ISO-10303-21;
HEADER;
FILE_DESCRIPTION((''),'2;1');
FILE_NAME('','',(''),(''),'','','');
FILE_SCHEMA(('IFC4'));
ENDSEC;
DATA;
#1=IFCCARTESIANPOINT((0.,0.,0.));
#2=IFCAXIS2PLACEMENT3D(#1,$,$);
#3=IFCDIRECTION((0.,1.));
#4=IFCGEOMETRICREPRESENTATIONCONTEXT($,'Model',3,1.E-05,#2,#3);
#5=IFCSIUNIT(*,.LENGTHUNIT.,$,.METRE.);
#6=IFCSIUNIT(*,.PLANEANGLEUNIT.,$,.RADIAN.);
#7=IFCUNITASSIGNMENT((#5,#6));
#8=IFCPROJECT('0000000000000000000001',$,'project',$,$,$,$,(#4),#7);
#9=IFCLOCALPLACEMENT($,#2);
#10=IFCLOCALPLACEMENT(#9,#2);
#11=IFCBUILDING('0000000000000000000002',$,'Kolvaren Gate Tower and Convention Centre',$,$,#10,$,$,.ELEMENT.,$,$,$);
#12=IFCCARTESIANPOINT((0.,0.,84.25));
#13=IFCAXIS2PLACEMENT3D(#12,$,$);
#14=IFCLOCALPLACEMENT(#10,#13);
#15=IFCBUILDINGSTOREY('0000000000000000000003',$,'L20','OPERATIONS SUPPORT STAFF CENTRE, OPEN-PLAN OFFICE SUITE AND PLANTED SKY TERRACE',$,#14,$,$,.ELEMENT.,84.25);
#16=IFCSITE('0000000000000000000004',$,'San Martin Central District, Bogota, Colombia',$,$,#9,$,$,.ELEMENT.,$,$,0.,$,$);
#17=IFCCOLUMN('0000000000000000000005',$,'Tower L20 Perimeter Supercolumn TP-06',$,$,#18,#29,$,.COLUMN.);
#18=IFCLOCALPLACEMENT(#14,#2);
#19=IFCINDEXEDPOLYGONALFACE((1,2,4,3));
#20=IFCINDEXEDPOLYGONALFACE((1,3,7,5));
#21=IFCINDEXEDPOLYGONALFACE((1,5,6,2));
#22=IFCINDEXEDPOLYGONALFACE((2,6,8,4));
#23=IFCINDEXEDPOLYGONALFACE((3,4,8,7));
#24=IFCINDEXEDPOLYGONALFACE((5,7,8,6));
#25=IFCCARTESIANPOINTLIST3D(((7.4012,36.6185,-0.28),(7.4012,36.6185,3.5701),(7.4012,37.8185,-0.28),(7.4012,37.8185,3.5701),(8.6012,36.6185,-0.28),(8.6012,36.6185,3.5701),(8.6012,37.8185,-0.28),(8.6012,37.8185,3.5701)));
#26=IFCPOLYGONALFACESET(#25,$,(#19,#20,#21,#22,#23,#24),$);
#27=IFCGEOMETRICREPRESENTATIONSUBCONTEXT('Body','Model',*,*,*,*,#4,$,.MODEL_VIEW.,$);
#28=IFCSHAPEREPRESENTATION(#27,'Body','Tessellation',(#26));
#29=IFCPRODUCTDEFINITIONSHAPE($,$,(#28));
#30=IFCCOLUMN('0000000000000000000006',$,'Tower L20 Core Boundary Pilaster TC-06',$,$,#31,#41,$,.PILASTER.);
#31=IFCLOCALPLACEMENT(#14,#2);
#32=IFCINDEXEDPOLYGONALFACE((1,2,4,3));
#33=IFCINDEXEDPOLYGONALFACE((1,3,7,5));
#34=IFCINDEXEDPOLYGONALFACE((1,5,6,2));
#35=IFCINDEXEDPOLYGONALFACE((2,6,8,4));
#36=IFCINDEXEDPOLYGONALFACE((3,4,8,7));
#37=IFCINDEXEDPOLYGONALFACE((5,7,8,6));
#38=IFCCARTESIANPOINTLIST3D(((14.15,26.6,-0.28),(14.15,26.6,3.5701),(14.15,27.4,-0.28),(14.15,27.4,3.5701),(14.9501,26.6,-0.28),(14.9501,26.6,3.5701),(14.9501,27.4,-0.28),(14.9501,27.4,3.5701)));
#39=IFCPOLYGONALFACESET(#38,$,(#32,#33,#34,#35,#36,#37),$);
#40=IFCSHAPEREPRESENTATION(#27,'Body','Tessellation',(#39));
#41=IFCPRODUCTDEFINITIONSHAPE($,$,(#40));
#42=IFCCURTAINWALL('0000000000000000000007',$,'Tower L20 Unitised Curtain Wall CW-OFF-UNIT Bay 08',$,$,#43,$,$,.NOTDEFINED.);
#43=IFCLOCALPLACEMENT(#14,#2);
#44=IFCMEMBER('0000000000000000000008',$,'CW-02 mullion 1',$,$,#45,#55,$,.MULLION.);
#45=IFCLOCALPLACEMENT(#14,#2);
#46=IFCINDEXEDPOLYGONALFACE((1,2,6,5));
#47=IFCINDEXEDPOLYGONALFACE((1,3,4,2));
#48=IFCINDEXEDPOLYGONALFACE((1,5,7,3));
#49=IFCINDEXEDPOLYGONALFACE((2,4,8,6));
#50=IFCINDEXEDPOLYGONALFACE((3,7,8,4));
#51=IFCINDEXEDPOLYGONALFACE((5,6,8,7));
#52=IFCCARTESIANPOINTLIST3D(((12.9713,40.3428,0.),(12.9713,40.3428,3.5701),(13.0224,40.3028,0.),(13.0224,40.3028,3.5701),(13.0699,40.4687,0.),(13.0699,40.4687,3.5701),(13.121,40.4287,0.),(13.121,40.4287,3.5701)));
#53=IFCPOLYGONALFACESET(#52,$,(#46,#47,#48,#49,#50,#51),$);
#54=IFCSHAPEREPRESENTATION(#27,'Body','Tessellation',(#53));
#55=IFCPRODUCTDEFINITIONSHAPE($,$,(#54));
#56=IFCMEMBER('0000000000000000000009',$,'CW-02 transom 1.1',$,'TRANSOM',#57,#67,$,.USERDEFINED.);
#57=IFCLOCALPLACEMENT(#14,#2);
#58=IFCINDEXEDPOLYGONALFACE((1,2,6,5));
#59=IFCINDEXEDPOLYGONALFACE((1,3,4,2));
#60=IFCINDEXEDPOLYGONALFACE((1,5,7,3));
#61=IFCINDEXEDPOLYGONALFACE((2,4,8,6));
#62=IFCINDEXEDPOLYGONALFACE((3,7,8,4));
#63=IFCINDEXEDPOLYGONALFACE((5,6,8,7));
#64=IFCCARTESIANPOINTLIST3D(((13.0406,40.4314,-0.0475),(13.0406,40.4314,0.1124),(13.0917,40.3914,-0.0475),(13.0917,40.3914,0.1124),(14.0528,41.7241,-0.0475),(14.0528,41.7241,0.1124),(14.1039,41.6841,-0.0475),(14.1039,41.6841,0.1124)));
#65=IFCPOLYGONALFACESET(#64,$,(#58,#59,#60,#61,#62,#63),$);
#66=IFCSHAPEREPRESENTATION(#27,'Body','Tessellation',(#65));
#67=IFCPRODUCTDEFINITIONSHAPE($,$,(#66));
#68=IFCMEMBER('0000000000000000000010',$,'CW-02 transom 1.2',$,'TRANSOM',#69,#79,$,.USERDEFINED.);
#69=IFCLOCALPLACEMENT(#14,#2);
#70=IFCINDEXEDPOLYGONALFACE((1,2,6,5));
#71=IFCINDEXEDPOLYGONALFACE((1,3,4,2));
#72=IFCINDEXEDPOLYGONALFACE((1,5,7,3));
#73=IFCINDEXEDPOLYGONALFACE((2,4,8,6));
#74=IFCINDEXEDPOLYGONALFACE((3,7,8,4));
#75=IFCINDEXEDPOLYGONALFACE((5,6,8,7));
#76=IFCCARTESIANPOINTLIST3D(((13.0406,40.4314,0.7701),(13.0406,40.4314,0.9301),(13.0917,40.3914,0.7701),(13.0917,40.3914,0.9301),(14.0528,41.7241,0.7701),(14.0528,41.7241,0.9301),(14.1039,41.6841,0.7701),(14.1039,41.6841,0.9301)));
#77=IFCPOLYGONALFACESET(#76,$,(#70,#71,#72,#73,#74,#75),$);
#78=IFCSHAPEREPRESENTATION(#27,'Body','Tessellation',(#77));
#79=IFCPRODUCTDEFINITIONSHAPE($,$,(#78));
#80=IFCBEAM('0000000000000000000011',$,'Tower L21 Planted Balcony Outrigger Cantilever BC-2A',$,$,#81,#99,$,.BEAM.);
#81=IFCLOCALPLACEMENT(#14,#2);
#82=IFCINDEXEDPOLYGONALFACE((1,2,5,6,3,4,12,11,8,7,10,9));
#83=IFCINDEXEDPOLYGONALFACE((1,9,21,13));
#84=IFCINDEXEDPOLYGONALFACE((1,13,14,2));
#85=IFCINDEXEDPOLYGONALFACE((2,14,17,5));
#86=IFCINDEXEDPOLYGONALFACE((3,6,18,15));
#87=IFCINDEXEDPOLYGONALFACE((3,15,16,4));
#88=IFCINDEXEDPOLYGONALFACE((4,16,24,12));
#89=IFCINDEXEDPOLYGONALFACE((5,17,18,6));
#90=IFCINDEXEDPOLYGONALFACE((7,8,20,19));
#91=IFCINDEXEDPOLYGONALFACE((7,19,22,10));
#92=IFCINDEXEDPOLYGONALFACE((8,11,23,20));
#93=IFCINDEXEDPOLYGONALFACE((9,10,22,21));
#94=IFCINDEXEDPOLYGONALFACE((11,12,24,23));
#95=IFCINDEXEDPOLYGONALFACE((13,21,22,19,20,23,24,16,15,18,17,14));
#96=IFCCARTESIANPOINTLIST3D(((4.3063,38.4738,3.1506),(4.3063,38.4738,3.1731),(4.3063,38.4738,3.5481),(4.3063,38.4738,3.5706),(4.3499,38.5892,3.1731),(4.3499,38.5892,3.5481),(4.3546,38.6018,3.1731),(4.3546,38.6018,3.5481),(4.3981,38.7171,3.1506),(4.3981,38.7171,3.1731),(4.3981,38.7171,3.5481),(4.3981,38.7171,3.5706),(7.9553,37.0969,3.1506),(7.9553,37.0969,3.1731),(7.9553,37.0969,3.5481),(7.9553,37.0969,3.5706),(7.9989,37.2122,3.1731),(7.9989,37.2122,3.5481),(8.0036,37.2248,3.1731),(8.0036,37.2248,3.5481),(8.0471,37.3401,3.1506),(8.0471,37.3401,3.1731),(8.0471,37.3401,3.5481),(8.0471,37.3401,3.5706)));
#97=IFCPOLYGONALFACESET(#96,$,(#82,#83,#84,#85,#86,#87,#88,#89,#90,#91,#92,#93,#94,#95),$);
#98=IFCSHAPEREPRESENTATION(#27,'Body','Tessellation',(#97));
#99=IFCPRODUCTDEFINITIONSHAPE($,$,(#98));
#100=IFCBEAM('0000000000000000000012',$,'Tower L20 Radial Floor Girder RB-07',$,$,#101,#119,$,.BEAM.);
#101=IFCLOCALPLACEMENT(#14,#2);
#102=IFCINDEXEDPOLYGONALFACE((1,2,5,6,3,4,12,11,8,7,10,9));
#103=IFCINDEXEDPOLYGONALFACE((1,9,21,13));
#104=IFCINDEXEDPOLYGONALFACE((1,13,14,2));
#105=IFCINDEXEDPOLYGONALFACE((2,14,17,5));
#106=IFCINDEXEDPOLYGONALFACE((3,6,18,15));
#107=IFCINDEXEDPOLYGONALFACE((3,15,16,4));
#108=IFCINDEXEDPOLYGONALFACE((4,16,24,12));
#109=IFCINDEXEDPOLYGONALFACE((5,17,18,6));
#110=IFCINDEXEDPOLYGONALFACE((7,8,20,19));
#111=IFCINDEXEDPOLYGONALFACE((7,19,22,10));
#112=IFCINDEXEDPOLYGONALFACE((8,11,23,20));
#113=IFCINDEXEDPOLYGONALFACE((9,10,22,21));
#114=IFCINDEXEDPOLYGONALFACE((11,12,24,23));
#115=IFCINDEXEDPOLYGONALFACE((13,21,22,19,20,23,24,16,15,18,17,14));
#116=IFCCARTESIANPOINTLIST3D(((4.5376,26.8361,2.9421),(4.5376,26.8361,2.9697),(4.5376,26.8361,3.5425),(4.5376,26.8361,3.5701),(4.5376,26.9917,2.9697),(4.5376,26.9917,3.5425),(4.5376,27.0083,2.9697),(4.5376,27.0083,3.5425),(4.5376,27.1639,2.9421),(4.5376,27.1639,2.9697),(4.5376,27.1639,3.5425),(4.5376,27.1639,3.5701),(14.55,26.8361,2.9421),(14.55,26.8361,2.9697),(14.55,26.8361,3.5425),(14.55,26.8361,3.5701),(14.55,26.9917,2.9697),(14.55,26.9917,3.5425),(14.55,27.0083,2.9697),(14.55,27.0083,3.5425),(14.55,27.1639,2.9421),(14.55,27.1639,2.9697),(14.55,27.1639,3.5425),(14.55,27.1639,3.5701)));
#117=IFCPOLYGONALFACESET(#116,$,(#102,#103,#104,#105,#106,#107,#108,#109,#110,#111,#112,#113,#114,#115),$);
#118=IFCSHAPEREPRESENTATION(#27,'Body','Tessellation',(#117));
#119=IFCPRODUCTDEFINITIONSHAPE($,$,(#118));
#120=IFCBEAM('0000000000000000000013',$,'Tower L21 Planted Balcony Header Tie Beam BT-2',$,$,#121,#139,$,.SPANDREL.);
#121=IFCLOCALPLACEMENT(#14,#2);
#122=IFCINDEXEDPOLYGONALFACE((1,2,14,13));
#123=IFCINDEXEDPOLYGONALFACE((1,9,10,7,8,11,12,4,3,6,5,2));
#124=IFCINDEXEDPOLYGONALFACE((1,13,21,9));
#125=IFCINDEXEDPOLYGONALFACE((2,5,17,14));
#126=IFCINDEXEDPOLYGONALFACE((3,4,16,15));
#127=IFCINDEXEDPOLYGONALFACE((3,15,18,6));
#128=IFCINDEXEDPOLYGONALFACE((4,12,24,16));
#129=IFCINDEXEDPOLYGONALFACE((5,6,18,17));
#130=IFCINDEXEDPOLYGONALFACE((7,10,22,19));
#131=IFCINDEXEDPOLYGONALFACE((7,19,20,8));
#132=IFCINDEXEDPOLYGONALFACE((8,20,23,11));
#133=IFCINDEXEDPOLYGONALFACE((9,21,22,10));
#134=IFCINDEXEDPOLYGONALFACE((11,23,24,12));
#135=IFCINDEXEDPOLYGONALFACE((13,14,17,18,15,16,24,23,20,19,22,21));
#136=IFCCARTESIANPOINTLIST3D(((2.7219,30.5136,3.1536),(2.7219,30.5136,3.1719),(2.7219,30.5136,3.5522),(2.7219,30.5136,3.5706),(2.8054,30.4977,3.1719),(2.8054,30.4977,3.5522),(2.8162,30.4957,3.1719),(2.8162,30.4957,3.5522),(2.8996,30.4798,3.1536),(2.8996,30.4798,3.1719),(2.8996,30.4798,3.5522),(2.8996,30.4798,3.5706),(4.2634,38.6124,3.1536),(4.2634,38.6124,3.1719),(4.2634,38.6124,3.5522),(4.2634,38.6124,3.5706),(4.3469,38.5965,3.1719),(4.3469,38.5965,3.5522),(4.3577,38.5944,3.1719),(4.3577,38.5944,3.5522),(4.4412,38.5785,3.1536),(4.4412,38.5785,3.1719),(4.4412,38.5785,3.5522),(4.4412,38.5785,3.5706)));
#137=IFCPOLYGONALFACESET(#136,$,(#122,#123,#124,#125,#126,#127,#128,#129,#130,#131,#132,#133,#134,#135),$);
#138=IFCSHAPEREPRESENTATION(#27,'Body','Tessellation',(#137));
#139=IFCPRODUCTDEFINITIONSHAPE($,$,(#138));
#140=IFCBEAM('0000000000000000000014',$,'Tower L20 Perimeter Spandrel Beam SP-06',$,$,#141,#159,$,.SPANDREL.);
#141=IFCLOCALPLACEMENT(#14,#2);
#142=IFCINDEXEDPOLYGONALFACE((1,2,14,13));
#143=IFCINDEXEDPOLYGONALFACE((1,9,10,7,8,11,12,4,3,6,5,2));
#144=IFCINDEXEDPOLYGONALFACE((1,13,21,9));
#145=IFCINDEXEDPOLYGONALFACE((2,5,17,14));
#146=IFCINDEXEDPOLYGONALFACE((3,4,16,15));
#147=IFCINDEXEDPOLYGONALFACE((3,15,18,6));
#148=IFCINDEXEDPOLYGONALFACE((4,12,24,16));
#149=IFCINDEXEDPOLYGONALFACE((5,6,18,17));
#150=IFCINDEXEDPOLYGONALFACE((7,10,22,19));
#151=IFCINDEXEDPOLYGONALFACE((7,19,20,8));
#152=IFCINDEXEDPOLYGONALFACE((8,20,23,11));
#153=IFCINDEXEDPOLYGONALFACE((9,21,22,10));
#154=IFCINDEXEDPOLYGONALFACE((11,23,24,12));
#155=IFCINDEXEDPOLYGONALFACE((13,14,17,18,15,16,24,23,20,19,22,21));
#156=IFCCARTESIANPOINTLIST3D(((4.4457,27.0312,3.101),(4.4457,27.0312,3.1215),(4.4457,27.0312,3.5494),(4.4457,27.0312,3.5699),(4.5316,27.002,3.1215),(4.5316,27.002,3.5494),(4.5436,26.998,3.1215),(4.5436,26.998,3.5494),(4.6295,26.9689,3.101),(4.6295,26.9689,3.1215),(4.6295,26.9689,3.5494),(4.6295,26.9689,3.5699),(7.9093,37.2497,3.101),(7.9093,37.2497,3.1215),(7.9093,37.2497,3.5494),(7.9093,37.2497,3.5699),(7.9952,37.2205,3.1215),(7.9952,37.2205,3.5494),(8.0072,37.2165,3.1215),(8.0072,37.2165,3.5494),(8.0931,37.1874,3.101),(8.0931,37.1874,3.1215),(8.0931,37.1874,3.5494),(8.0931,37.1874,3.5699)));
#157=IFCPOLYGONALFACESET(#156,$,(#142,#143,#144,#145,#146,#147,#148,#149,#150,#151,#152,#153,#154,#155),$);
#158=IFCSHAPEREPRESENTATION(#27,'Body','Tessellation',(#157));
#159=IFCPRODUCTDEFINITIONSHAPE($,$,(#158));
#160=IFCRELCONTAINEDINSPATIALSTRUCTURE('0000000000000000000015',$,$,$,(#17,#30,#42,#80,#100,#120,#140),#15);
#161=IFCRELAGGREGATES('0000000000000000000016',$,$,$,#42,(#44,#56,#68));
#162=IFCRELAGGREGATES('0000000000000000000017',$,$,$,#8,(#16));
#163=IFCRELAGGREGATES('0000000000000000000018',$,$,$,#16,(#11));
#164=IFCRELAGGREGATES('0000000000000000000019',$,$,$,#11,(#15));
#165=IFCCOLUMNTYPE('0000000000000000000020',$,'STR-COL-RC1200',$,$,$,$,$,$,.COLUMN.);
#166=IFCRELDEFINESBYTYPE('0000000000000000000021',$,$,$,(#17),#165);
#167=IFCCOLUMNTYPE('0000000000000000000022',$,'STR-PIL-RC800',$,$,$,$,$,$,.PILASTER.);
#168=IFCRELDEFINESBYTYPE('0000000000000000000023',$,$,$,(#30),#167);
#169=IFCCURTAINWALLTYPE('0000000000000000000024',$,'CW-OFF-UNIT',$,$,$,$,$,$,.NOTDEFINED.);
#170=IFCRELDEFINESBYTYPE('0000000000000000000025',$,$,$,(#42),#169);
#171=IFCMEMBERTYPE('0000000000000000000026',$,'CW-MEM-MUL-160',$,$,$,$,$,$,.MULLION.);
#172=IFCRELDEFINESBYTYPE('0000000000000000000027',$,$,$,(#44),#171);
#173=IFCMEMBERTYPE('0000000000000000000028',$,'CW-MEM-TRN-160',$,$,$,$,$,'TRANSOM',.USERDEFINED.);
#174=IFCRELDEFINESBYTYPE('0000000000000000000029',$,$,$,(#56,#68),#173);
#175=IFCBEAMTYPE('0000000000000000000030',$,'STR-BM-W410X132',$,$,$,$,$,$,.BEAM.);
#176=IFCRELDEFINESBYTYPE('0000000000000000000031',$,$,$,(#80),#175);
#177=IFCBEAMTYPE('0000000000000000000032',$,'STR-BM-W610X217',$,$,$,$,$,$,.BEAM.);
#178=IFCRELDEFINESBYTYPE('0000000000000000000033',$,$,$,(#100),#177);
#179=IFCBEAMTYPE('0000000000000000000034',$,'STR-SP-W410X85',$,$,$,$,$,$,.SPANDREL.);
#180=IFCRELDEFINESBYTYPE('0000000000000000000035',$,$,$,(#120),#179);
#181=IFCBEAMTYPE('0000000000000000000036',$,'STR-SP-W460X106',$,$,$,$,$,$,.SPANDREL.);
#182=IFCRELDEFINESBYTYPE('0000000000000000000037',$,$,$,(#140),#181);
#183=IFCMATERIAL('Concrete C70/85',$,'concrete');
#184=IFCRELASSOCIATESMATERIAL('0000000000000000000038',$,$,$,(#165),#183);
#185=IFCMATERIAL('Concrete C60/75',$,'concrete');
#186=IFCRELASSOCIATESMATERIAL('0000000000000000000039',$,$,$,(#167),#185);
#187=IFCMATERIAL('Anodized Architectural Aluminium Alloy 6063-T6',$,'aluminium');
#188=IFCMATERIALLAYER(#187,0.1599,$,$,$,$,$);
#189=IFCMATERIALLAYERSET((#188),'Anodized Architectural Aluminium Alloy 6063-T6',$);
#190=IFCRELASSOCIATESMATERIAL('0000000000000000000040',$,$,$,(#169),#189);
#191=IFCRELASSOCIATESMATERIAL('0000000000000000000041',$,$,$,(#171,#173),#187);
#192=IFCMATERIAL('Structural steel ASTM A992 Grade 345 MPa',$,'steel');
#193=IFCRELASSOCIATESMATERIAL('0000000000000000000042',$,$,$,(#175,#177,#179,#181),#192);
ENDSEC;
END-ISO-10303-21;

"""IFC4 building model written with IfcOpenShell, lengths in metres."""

from ifc_helpers import new_model, si_unit, direction, frame, origin, origin_2d, place, context, subcontext, project, spatial, rectangle, i_section, extrude, material, layer, layer_set, material_profile, profile_set, type_object, element, aggregate, save


model = new_model("IFC4")

# Units and contexts
model_context = context("Model", 3, precision=1e-05, world=origin(), true_north=direction((0.0, 1.0)))
body_context = subcontext(model_context, "Body", "Model", "MODEL_VIEW")
ifc_project = project(units=[si_unit("LENGTHUNIT", "METRE"), si_unit("PLANEANGLEUNIT", "RADIAN")], contexts=[model_context])

# Site, building, storey
site_placement = place(None, origin())
site = spatial("IfcSite", under=ifc_project, at=site_placement, Name="San Martin Central District, Bogota, Colombia", CompositionType="ELEMENT", RefElevation=0.0)
building_placement = place(site_placement, origin())
building = spatial("IfcBuilding", under=site, at=building_placement, Name="Kolvaren Gate Tower and Convention Centre", CompositionType="ELEMENT")
storey_placement = place(building_placement, frame((0.0, 0.0, 84.25)))
storey = spatial("IfcBuildingStorey", under=building, at=storey_placement, Name="L20", Description="OPERATIONS SUPPORT STAFF CENTRE, OPEN-PLAN OFFICE SUITE AND PLANTED SKY TERRACE", CompositionType="ELEMENT", Elevation=84.25)

# Columns
ifc_material_1 = material(Name="Concrete C70/85", Category="concrete")
ifc_material_profile_1 = material_profile(ifc_material_1, rectangle(XDim=1.2, YDim=1.2, at=origin_2d()), Name="RC-COL-1200X1200")
ifc_profile_set_1 = profile_set([ifc_material_profile_1], Name="Concrete C70/85")
column_type_1 = type_object("IfcColumnType", Name="STR-COL-RC1200", PredefinedType="COLUMN", material=ifc_profile_set_1)
column_1_placement = place(storey_placement, frame((8.0012, 37.2185, -0.28), z_axis=(0.0, 0.0, 1.0), x_axis=(1.0, 0.0, 0.0)))
element("IfcColumn", 1, at=column_1_placement, inside=storey, type_object=column_type_1, Name="Tower L20 Perimeter Supercolumn TP-06", PredefinedType="COLUMN", context=body_context, shape_type="SweptSolid", body=[
    extrude(rectangle(XDim=1.2, YDim=1.2, at=origin_2d()), origin(), (0.0, 0.0, 1.0), 3.8501),
])
ifc_material_2 = material(Name="Concrete C60/75", Category="concrete")
ifc_material_profile_2 = material_profile(ifc_material_2, rectangle(XDim=0.8, YDim=0.8, at=origin_2d()), Name="RC-COL-800X800")
ifc_profile_set_2 = profile_set([ifc_material_profile_2], Name="Concrete C60/75")
column_type_2 = type_object("IfcColumnType", Name="STR-PIL-RC800", PredefinedType="PILASTER", material=ifc_profile_set_2)
column_2_placement = place(storey_placement, frame((14.55, 27.0, -0.28), z_axis=(0.0, 0.0, 1.0), x_axis=(1.0, 0.0, 0.0)))
element("IfcColumn", 2, at=column_2_placement, inside=storey, type_object=column_type_2, Name="Tower L20 Core Boundary Pilaster TC-06", PredefinedType="PILASTER", context=body_context, shape_type="SweptSolid", body=[
    extrude(rectangle(XDim=0.8, YDim=0.8, at=origin_2d()), origin(), (0.0, 0.0, 1.0), 3.8501),
])

# Curtain wall, members
ifc_material_3 = material(Name="Anodized Architectural Aluminium Alloy 6063-T6", Category="aluminium")
ifc_layer_1 = layer(ifc_material_3, 0.1599)
ifc_layer_set_1 = layer_set([ifc_layer_1], Name="Anodized Architectural Aluminium Alloy 6063-T6")
curtain_wall_type = type_object("IfcCurtainWallType", Name="CW-OFF-UNIT", PredefinedType="NOTDEFINED", material=ifc_layer_set_1)
curtain_wall_placement = place(storey_placement, origin())
curtain_wall = element("IfcCurtainWall", 3, at=curtain_wall_placement, inside=storey, type_object=curtain_wall_type, Name="Tower L20 Unitised Curtain Wall CW-OFF-UNIT Bay 08", PredefinedType="NOTDEFINED")
ifc_material_profile_3 = material_profile(ifc_material_3, rectangle(XDim=0.0649, YDim=0.1599, at=origin_2d()), Name="CW-MEM-MUL-160")
ifc_profile_set_3 = profile_set([ifc_material_profile_3], Name="Anodized Architectural Aluminium Alloy 6063-T6")
member_type_1 = type_object("IfcMemberType", Name="CW-MEM-MUL-160", PredefinedType="MULLION", material=ifc_profile_set_3)
member_1_placement = place(storey_placement, frame((13.0461, 40.3857, 0.0), z_axis=(0.0, 0.0, 1.0), x_axis=(-0.787403, 0.616438, 0.0)))
member_1 = element("IfcMember", 4, at=member_1_placement, type_object=member_type_1, Name="CW-02 mullion 1", PredefinedType="MULLION", context=body_context, shape_type="SweptSolid", body=[
    extrude(rectangle(XDim=0.0649, YDim=0.1599, at=origin_2d()), origin(), (0.0, 0.0, 1.0), 3.5701),
])
ifc_material_profile_4 = material_profile(ifc_material_3, rectangle(XDim=0.0649, YDim=0.1599, at=origin_2d()), Name="CW-MEM-TRN-160")
ifc_profile_set_4 = profile_set([ifc_material_profile_4], Name="Anodized Architectural Aluminium Alloy 6063-T6")
member_type_2 = type_object("IfcMemberType", Name="CW-MEM-TRN-160", ElementType="TRANSOM", PredefinedType="USERDEFINED", material=ifc_profile_set_4)
member_2_placement = place(storey_placement, frame((13.0662, 40.4114, 0.0325), z_axis=(0.616501, 0.787354, 0.0), x_axis=(-0.787354, 0.616501, 0.0)))
member_2 = element("IfcMember", 5, at=member_2_placement, type_object=member_type_2, Name="CW-02 transom 1.1", ObjectType="TRANSOM", PredefinedType="USERDEFINED", context=body_context, shape_type="SweptSolid", body=[
    extrude(rectangle(XDim=0.0649, YDim=0.1599, at=origin_2d()), origin(), (0.0, 0.0, 1.0), 1.6418),
])
member_3_placement = place(storey_placement, frame((13.0662, 40.4114, 0.8501), z_axis=(0.616501, 0.787354, 0.0), x_axis=(-0.787354, 0.616501, 0.0)))
member_3 = element("IfcMember", 6, at=member_3_placement, type_object=member_type_2, Name="CW-02 transom 1.2", ObjectType="TRANSOM", PredefinedType="USERDEFINED", context=body_context, shape_type="SweptSolid", body=[
    extrude(rectangle(XDim=0.0649, YDim=0.1599, at=origin_2d()), origin(), (0.0, 0.0, 1.0), 1.6418),
])
aggregate(curtain_wall, [member_1, member_2, member_3])

# Beams
ifc_material_4 = material(Name="Structural steel ASTM A992 Grade 345 MPa", Category="steel")
ifc_material_profile_5 = material_profile(ifc_material_4, i_section(OverallWidth=0.26, OverallDepth=0.4199, WebThickness=0.0134, FlangeThickness=0.0225, at=origin_2d()), Name="W410X132")
ifc_profile_set_5 = profile_set([ifc_material_profile_5], Name="Structural steel ASTM A992 Grade 345 MPa")
beam_type_1 = type_object("IfcBeamType", Name="STR-BM-W410X132", PredefinedType="BEAM", material=ifc_profile_set_5)
beam_1_placement = place(storey_placement, frame((8.0012, 37.2185, 3.3606), z_axis=(-0.935602, 0.353057, 0.0), x_axis=(-0.353057, -0.935602, 0.0)))
element("IfcBeam", 7, at=beam_1_placement, inside=storey, type_object=beam_type_1, Name="Tower L21 Planted Balcony Outrigger Cantilever BC-2A", PredefinedType="BEAM", context=body_context, shape_type="SweptSolid", body=[
    extrude(i_section(OverallWidth=0.26, OverallDepth=0.4199, WebThickness=0.0134, FlangeThickness=0.0225, at=origin_2d()), origin(), (0.0, 0.0, 1.0), 3.9001),
])
ifc_material_profile_6 = material_profile(ifc_material_4, i_section(OverallWidth=0.3279, OverallDepth=0.6279, WebThickness=0.0166, FlangeThickness=0.0276, at=origin_2d()), Name="W610X217")
ifc_profile_set_6 = profile_set([ifc_material_profile_6], Name="Structural steel ASTM A992 Grade 345 MPa")
beam_type_2 = type_object("IfcBeamType", Name="STR-BM-W610X217", PredefinedType="BEAM", material=ifc_profile_set_6)
beam_2_placement = place(storey_placement, frame((14.55, 27.0, 3.2561), z_axis=(-1.0, 0.0, 0.0), x_axis=(0.0, -1.0, 0.0)))
element("IfcBeam", 8, at=beam_2_placement, inside=storey, type_object=beam_type_2, Name="Tower L20 Radial Floor Girder RB-07", PredefinedType="BEAM", context=body_context, shape_type="SweptSolid", body=[
    extrude(i_section(OverallWidth=0.3279, OverallDepth=0.6279, WebThickness=0.0166, FlangeThickness=0.0276, at=origin_2d()), origin(), (0.0, 0.0, 1.0), 10.0125),
])
ifc_material_profile_7 = material_profile(ifc_material_4, i_section(OverallWidth=0.1809, OverallDepth=0.417, WebThickness=0.011, FlangeThickness=0.0183, at=origin_2d()), Name="W410X85")
ifc_profile_set_7 = profile_set([ifc_material_profile_7], Name="Structural steel ASTM A992 Grade 345 MPa")
beam_type_3 = type_object("IfcBeamType", Name="STR-SP-W410X85", PredefinedType="SPANDREL", material=ifc_profile_set_7)
beam_3_placement = place(storey_placement, frame((4.3523, 38.5955, 3.3621), z_axis=(-0.186984, -0.982363, 0.0), x_axis=(0.982363, -0.186984, 0.0)))
element("IfcBeam", 9, at=beam_3_placement, inside=storey, type_object=beam_type_3, Name="Tower L21 Planted Balcony Header Tie Beam BT-2", PredefinedType="SPANDREL", context=body_context, shape_type="SweptSolid", body=[
    extrude(i_section(OverallWidth=0.1809, OverallDepth=0.417, WebThickness=0.011, FlangeThickness=0.0183, at=origin_2d()), origin(), (0.0, 0.0, 1.0), 8.2441),
])
ifc_material_profile_8 = material_profile(ifc_material_4, i_section(OverallWidth=0.1941, OverallDepth=0.469, WebThickness=0.0127, FlangeThickness=0.0205, at=origin_2d()), Name="W460X106")
ifc_profile_set_8 = profile_set([ifc_material_profile_8], Name="Structural steel ASTM A992 Grade 345 MPa")
beam_type_4 = type_object("IfcBeamType", Name="STR-SP-W460X106", PredefinedType="SPANDREL", material=ifc_profile_set_8)
beam_4_placement = place(storey_placement, frame((8.0012, 37.2185, 3.3354), z_axis=(-0.321016, -0.947074, 0.0), x_axis=(0.947074, -0.321016, 0.0)))
element("IfcBeam", 10, at=beam_4_placement, inside=storey, type_object=beam_type_4, Name="Tower L20 Perimeter Spandrel Beam SP-06", PredefinedType="SPANDREL", context=body_context, shape_type="SweptSolid", body=[
    extrude(i_section(OverallWidth=0.1941, OverallDepth=0.469, WebThickness=0.0127, FlangeThickness=0.0205, at=origin_2d()), origin(), (0.0, 0.0, 1.0), 10.7896),
])

save(model, "model.ifc")
